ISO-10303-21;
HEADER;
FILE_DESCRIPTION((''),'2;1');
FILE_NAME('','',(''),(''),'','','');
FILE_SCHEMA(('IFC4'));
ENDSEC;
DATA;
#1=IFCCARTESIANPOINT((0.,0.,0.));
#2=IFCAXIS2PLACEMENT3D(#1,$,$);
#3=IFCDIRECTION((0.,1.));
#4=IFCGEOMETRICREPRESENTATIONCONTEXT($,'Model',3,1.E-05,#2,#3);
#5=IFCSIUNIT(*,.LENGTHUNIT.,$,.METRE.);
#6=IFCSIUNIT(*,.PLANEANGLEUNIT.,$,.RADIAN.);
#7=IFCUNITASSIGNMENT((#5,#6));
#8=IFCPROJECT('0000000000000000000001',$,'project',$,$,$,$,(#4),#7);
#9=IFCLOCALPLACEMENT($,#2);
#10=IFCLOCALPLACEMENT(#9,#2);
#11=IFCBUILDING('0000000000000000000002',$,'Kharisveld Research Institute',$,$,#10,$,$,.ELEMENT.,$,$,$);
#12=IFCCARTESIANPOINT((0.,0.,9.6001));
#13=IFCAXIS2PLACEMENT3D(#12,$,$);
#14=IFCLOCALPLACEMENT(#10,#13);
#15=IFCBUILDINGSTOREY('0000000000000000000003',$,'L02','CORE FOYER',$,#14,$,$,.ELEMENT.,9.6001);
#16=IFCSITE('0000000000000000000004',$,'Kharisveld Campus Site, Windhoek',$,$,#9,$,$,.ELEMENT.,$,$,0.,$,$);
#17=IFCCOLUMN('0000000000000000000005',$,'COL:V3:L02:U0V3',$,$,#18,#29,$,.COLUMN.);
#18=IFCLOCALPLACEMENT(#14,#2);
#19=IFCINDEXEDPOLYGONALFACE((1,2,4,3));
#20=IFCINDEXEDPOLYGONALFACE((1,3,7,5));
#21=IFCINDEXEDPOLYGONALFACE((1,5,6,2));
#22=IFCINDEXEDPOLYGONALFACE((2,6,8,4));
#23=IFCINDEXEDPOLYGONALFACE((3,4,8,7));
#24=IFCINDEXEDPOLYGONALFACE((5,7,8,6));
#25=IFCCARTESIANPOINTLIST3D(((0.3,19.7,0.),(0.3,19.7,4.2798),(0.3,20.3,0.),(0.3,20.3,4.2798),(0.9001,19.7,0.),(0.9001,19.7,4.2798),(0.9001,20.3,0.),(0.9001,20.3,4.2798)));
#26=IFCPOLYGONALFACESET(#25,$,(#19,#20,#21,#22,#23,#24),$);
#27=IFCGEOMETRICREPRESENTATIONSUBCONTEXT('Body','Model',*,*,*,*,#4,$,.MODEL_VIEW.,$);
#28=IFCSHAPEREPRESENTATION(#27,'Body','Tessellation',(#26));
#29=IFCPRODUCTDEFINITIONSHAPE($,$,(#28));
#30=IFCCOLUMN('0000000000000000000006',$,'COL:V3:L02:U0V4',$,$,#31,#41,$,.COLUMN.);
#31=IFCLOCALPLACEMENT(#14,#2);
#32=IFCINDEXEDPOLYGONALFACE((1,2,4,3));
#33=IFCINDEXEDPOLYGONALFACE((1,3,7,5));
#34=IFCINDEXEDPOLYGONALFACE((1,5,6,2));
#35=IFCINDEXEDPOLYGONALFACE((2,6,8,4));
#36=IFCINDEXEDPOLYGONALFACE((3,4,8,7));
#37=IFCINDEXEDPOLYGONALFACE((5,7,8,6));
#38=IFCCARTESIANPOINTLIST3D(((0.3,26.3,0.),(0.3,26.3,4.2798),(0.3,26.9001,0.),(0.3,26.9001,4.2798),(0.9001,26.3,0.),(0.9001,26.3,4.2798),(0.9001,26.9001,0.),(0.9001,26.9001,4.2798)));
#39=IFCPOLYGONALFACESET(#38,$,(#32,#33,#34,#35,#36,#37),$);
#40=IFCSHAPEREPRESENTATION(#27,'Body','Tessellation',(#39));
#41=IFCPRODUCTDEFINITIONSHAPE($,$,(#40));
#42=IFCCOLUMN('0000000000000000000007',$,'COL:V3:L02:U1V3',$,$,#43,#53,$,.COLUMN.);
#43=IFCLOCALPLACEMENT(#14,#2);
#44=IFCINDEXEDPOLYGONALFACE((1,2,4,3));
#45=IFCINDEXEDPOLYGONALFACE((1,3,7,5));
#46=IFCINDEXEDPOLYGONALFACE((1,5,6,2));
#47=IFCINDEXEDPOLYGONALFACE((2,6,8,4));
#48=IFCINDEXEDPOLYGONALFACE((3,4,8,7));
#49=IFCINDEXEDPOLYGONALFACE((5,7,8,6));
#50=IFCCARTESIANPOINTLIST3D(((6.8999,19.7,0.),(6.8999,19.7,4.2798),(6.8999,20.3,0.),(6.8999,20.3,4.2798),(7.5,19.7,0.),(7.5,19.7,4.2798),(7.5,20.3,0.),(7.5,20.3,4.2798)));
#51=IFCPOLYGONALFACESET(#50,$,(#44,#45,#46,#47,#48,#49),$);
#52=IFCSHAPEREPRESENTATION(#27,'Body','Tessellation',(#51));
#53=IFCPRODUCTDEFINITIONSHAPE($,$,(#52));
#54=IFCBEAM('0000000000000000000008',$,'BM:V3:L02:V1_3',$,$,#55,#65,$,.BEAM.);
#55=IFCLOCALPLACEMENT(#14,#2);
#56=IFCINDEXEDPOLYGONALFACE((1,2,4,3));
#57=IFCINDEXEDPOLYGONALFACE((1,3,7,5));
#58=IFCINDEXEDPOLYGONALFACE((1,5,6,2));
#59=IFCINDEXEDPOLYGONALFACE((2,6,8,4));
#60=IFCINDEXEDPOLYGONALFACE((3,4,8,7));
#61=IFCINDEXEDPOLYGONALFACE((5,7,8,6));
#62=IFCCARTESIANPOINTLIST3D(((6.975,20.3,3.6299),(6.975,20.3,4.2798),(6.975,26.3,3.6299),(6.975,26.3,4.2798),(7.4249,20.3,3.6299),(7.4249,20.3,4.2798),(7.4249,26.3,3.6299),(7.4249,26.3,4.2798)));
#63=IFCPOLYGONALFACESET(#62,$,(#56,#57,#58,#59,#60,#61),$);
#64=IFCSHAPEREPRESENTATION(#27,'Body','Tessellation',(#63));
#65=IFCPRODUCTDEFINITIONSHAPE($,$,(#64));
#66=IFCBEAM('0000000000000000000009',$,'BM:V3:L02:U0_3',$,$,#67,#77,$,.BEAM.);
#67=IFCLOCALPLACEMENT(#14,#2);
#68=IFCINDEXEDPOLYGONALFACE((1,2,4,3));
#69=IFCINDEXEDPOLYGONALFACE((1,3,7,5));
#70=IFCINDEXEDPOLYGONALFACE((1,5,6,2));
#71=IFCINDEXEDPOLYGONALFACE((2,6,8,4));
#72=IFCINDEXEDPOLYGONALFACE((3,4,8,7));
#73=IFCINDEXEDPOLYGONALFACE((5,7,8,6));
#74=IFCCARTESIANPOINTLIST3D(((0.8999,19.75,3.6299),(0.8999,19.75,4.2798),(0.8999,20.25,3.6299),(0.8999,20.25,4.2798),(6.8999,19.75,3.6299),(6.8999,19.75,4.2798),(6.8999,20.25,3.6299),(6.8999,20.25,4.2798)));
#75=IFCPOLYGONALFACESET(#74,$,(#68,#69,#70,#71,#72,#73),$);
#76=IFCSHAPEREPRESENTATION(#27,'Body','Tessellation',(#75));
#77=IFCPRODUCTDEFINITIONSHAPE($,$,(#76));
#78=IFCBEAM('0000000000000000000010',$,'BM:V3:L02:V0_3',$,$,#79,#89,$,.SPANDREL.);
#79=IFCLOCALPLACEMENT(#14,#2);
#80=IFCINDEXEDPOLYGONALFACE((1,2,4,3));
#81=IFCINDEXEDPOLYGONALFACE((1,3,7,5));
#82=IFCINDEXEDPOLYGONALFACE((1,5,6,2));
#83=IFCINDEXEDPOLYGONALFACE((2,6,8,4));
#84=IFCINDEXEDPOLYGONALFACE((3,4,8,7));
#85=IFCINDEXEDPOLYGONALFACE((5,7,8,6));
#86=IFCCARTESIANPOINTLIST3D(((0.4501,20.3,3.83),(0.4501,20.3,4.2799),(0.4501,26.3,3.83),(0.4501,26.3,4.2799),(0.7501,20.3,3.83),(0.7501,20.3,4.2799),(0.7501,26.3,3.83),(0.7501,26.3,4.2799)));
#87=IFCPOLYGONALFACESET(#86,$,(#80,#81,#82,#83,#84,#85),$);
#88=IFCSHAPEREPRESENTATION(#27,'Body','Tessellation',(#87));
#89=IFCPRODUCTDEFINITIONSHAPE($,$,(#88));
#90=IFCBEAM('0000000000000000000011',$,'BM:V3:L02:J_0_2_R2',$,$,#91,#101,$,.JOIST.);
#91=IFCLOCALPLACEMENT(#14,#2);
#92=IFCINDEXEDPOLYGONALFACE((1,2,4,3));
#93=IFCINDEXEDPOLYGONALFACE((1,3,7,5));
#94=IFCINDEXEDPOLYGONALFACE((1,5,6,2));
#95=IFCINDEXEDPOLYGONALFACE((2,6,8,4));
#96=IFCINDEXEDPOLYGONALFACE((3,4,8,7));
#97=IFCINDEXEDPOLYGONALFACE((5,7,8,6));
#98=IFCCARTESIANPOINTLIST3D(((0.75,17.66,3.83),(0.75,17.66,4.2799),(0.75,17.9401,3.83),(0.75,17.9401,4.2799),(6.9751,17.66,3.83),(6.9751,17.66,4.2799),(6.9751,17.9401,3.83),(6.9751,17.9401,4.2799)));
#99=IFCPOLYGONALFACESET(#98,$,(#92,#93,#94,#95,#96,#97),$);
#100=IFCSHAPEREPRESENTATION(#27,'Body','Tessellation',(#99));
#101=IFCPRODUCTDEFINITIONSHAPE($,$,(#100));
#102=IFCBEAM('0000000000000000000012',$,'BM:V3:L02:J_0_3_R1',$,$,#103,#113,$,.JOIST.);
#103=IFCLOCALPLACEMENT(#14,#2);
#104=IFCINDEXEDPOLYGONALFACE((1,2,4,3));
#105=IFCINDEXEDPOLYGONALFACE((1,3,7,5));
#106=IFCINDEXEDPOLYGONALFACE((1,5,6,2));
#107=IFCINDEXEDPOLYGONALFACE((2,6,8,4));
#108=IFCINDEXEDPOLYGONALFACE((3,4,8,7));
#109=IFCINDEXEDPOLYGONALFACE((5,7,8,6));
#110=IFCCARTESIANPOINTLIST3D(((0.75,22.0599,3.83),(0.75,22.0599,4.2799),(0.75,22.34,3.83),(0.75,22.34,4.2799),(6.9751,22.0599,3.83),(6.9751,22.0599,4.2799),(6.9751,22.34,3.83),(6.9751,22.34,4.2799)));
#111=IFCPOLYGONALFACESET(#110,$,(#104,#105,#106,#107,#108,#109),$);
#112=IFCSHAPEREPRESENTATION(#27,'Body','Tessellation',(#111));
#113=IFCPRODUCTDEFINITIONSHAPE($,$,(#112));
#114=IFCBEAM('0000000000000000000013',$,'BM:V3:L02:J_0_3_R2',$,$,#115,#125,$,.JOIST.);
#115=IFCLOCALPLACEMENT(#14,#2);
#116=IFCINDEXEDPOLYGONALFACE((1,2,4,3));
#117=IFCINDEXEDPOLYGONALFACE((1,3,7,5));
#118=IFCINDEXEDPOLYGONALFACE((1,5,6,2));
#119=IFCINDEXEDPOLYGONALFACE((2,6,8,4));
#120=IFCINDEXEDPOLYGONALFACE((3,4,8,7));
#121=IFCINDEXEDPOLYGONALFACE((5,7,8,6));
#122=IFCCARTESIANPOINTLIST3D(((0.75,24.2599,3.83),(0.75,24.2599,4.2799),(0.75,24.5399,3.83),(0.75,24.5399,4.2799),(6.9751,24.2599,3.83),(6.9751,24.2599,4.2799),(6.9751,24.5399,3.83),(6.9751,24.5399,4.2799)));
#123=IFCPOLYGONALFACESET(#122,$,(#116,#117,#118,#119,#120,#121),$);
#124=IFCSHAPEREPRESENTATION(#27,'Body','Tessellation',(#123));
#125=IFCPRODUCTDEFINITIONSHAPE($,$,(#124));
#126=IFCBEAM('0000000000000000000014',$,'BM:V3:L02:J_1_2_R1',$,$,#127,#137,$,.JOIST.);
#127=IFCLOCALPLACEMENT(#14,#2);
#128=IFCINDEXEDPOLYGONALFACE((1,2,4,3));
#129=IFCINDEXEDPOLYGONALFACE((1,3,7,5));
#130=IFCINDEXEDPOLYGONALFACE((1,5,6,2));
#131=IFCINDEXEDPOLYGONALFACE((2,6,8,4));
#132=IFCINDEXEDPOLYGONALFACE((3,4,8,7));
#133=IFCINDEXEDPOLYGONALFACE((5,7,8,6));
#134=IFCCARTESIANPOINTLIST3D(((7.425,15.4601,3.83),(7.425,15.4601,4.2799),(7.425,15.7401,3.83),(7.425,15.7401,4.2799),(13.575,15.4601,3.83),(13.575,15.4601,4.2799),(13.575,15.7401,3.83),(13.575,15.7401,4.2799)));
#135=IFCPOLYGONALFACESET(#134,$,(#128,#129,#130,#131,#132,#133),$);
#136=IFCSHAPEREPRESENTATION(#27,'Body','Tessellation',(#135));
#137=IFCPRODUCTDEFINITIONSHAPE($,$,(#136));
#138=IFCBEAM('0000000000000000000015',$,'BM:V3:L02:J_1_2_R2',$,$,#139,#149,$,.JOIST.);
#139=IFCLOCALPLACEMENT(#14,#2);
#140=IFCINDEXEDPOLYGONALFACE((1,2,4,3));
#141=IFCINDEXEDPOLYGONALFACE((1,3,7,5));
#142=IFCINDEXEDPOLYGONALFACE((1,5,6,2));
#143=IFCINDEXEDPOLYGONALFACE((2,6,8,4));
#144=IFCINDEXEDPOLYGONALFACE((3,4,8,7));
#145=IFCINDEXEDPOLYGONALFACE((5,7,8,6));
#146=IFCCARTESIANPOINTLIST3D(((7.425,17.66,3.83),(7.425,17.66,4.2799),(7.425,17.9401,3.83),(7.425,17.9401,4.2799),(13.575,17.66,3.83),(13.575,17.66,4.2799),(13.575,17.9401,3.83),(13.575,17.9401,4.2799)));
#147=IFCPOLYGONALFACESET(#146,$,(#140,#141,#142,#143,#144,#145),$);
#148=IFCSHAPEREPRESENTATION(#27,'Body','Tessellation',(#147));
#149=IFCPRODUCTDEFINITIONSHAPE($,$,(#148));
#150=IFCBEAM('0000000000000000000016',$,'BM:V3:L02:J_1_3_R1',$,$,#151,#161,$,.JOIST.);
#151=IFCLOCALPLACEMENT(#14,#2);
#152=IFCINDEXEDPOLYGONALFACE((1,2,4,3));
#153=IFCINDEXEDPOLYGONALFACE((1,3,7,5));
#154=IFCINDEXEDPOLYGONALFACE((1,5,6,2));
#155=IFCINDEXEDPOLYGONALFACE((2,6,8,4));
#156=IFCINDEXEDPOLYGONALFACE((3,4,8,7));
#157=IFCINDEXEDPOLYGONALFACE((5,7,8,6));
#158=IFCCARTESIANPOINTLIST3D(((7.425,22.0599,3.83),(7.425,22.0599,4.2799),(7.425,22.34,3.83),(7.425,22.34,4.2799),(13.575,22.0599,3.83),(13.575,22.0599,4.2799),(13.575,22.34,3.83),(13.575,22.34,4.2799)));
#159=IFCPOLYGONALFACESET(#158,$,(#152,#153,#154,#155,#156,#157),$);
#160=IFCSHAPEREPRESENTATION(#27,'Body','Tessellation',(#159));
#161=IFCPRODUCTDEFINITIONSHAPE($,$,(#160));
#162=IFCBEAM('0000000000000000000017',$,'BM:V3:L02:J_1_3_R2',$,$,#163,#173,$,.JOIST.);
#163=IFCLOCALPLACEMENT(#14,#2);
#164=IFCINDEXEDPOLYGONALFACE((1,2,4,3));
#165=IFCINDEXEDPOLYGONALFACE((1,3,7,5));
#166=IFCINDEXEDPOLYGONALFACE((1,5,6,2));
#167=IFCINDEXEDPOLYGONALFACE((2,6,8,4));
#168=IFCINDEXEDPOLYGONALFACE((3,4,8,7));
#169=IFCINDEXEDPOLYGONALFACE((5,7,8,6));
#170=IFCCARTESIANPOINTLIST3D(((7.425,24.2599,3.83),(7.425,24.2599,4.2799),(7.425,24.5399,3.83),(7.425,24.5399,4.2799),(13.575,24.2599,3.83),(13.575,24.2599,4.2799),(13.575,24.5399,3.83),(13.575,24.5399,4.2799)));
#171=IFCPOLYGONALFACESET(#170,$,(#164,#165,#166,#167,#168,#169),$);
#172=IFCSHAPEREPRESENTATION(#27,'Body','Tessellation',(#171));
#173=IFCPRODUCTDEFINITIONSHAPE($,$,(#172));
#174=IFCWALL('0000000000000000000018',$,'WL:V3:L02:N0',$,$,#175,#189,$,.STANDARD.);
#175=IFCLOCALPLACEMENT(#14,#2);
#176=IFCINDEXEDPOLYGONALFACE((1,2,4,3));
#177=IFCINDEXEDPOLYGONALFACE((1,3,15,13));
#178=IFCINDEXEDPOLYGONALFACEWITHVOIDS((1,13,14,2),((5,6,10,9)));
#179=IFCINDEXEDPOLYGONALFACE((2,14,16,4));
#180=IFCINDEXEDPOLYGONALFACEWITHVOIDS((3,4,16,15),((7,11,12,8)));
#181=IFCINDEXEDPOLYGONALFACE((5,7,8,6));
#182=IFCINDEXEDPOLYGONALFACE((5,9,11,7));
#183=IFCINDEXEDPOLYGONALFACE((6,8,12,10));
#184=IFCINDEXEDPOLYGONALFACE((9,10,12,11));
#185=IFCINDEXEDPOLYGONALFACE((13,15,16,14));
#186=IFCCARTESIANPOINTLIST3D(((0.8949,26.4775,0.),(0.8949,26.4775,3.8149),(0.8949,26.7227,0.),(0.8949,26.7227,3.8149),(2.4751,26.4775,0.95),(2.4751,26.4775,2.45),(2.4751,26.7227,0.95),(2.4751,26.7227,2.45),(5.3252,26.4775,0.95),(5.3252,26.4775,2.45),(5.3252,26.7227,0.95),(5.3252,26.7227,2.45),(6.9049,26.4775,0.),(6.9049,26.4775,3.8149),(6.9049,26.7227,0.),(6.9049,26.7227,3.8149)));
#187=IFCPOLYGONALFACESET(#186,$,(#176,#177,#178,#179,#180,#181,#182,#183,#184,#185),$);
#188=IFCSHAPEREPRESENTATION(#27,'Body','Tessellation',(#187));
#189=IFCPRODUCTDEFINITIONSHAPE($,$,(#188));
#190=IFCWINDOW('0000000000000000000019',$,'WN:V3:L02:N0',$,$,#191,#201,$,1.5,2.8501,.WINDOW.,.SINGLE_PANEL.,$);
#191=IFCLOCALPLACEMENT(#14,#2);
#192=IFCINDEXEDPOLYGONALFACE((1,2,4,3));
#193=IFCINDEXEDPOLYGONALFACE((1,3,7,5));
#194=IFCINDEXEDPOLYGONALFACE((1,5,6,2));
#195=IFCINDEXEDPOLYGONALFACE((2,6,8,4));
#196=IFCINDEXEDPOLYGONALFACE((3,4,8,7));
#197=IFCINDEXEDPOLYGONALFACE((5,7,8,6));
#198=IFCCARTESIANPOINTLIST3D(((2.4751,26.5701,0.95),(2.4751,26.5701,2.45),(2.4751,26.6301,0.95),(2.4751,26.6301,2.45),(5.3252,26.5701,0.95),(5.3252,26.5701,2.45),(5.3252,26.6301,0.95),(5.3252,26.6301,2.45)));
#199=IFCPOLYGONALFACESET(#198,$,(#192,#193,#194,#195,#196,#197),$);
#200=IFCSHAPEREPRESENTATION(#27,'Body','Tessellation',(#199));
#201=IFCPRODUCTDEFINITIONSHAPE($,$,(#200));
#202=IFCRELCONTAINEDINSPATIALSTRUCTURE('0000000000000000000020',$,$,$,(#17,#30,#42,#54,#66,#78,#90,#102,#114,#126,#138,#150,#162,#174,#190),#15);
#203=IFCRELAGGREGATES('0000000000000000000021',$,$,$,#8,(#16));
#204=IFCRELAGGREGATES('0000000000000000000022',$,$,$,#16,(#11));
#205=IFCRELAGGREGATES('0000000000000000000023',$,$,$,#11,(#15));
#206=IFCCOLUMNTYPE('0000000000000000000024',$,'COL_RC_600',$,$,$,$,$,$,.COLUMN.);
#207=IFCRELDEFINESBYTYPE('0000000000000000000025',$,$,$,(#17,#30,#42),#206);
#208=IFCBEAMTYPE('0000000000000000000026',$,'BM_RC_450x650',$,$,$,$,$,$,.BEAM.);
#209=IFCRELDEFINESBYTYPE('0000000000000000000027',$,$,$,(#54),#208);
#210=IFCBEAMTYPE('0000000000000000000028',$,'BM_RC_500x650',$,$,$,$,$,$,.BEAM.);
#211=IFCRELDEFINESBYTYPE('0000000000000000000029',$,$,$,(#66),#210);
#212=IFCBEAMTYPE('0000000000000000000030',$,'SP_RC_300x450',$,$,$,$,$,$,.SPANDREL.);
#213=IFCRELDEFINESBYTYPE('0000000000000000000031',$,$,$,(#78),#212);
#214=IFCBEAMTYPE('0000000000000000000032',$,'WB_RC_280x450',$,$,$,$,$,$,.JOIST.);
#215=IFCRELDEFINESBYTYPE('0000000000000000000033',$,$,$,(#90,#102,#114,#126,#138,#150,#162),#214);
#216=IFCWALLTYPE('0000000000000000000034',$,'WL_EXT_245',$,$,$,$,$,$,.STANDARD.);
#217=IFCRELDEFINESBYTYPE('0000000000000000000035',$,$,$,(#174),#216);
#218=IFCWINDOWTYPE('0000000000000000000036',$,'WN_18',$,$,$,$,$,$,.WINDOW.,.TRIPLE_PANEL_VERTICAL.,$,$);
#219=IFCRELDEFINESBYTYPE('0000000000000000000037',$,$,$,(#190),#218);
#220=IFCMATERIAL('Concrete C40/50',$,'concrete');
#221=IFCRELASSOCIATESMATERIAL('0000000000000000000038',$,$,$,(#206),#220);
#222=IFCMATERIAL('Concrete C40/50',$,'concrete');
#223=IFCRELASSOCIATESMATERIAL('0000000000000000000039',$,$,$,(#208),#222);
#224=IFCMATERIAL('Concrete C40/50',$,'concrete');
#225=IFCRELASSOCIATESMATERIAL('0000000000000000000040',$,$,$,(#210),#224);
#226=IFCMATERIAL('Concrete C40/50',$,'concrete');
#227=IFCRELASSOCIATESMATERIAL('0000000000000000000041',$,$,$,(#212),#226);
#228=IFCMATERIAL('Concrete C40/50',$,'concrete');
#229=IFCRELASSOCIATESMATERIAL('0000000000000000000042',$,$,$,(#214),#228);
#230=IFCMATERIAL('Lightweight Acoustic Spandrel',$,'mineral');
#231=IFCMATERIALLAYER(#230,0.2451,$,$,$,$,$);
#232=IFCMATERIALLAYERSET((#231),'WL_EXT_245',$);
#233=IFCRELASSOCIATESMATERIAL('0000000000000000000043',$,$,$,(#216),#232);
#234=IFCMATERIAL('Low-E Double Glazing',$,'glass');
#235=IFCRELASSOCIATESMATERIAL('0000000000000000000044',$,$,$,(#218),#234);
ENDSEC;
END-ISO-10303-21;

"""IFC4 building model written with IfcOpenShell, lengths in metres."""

from ifc_helpers import new_model, si_unit, direction, frame, frame_2d, origin, origin_2d, place, context, subcontext, project, spatial, rectangle, extrude, material, layer, layer_set, material_profile, profile_set, type_object, element, fill, save


model = new_model("IFC4")

# Units and contexts
model_context = context("Model", 3, precision=1e-05, world=origin(), true_north=direction((0.0, 1.0)))
body_context = subcontext(model_context, "Body", "Model", "MODEL_VIEW")
ifc_project = project(units=[si_unit("LENGTHUNIT", "METRE"), si_unit("PLANEANGLEUNIT", "RADIAN")], contexts=[model_context])

# Site, building, storey
site_placement = place(None, origin())
site = spatial("IfcSite", under=ifc_project, at=site_placement, Name="Kharisveld Campus Site, Windhoek", CompositionType="ELEMENT", RefElevation=0.0)
building_placement = place(site_placement, origin())
building = spatial("IfcBuilding", under=site, at=building_placement, Name="Kharisveld Research Institute", CompositionType="ELEMENT")
storey_placement = place(building_placement, frame((0.0, 0.0, 9.6001)))
storey = spatial("IfcBuildingStorey", under=building, at=storey_placement, Name="L02", Description="CORE FOYER", CompositionType="ELEMENT", Elevation=9.6001)

# Columns
ifc_material_1 = material(Name="Concrete C40/50", Category="concrete")
ifc_material_profile_1 = material_profile(ifc_material_1, rectangle(XDim=0.6001, YDim=0.6001, at=origin_2d()))
ifc_profile_set_1 = profile_set([ifc_material_profile_1], Name="Concrete C40/50")
column_type = type_object("IfcColumnType", Name="COL_RC_600", PredefinedType="COLUMN", material=ifc_profile_set_1)
for number, where, z_axis, x_axis, name in (
    (1, (0.6001, 20.0, 0.0), (0.0, 0.0, 1.0), (1.0, 0.0, 0.0), "COL:V3:L02:U0V3"),
    (2, (0.6001, 26.6001, 0.0), (0.0, 0.0, 1.0), (1.0, 0.0, 0.0), "COL:V3:L02:U0V4"),
    (3, (7.2, 20.0, 0.0), (0.0, 0.0, 1.0), (1.0, 0.0, 0.0), "COL:V3:L02:U1V3"),
):
    element("IfcColumn", number, at=place(storey_placement, frame(where, z_axis=z_axis, x_axis=x_axis)), inside=storey, type_object=column_type, Name=name, PredefinedType="COLUMN", context=body_context, shape_type="SweptSolid", body=[
        extrude(rectangle(XDim=0.6001, YDim=0.6001, at=origin_2d()), origin(), (0.0, 0.0, 1.0), 4.2798),
    ])

# Beams
ifc_material_2 = material(Name="Concrete C40/50", Category="concrete")
ifc_material_profile_2 = material_profile(ifc_material_2, rectangle(XDim=0.45, YDim=0.6499, at=origin_2d()))
ifc_profile_set_2 = profile_set([ifc_material_profile_2], Name="Concrete C40/50")
beam_type_1 = type_object("IfcBeamType", Name="BM_RC_450x650", PredefinedType="BEAM", material=ifc_profile_set_2)
beam_1_placement = place(storey_placement, frame((7.2, 20.3, 3.9548), z_axis=(0.0, 1.0, 0.0), x_axis=(-1.0, 0.0, 0.0)))
element("IfcBeam", 4, at=beam_1_placement, inside=storey, type_object=beam_type_1, Name="BM:V3:L02:V1_3", PredefinedType="BEAM", context=body_context, shape_type="SweptSolid", body=[
    extrude(rectangle(XDim=0.45, YDim=0.6499, at=origin_2d()), origin(), (0.0, 0.0, 1.0), 6.0),
])
ifc_material_3 = material(Name="Concrete C40/50", Category="concrete")
ifc_material_profile_3 = material_profile(ifc_material_3, rectangle(XDim=0.5, YDim=0.6499, at=origin_2d()))
ifc_profile_set_3 = profile_set([ifc_material_profile_3], Name="Concrete C40/50")
beam_type_2 = type_object("IfcBeamType", Name="BM_RC_500x650", PredefinedType="BEAM", material=ifc_profile_set_3)
beam_2_placement = place(storey_placement, frame((0.8999, 20.0, 3.9548), z_axis=(1.0, 0.0, 0.0), x_axis=(0.0, 1.0, 0.0)))
element("IfcBeam", 5, at=beam_2_placement, inside=storey, type_object=beam_type_2, Name="BM:V3:L02:U0_3", PredefinedType="BEAM", context=body_context, shape_type="SweptSolid", body=[
    extrude(rectangle(XDim=0.5, YDim=0.6499, at=origin_2d()), origin(), (0.0, 0.0, 1.0), 6.0),
])
ifc_material_4 = material(Name="Concrete C40/50", Category="concrete")
ifc_material_profile_4 = material_profile(ifc_material_4, rectangle(XDim=0.3, YDim=0.45, at=origin_2d()))
ifc_profile_set_4 = profile_set([ifc_material_profile_4], Name="Concrete C40/50")
beam_type_3 = type_object("IfcBeamType", Name="SP_RC_300x450", PredefinedType="SPANDREL", material=ifc_profile_set_4)
beam_3_placement = place(storey_placement, frame((0.6001, 20.3, 4.0549), z_axis=(0.0, 1.0, 0.0), x_axis=(-1.0, 0.0, 0.0)))
element("IfcBeam", 6, at=beam_3_placement, inside=storey, type_object=beam_type_3, Name="BM:V3:L02:V0_3", PredefinedType="SPANDREL", context=body_context, shape_type="SweptSolid", body=[
    extrude(rectangle(XDim=0.3, YDim=0.45, at=origin_2d()), origin(), (0.0, 0.0, 1.0), 6.0),
])
ifc_material_5 = material(Name="Concrete C40/50", Category="concrete")
ifc_material_profile_5 = material_profile(ifc_material_5, rectangle(XDim=0.28, YDim=0.45, at=origin_2d()))
ifc_profile_set_5 = profile_set([ifc_material_profile_5], Name="Concrete C40/50")
beam_type_4 = type_object("IfcBeamType", Name="WB_RC_280x450", PredefinedType="JOIST", material=ifc_profile_set_5)
for number, where, z_axis, x_axis, name in (
    (7, (0.75, 17.8, 4.0549), (1.0, 0.0, 0.0), (0.0, 1.0, 0.0), "BM:V3:L02:J_0_2_R2"),
    (8, (0.75, 22.2, 4.0549), (1.0, 0.0, 0.0), (0.0, 1.0, 0.0), "BM:V3:L02:J_0_3_R1"),
    (9, (0.75, 24.3999, 4.0549), (1.0, 0.0, 0.0), (0.0, 1.0, 0.0), "BM:V3:L02:J_0_3_R2"),
):
    element("IfcBeam", number, at=place(storey_placement, frame(where, z_axis=z_axis, x_axis=x_axis)), inside=storey, type_object=beam_type_4, Name=name, PredefinedType="JOIST", context=body_context, shape_type="SweptSolid", body=[
        extrude(rectangle(XDim=0.28, YDim=0.45, at=origin_2d()), origin(), (0.0, 0.0, 1.0), 6.2251),
    ])
for number, where, z_axis, x_axis, name in (
    (10, (7.425, 15.6001, 4.0549), (1.0, 0.0, 0.0), (0.0, 1.0, 0.0), "BM:V3:L02:J_1_2_R1"),
    (11, (7.425, 17.8, 4.0549), (1.0, 0.0, 0.0), (0.0, 1.0, 0.0), "BM:V3:L02:J_1_2_R2"),
    (12, (7.425, 22.2, 4.0549), (1.0, 0.0, 0.0), (0.0, 1.0, 0.0), "BM:V3:L02:J_1_3_R1"),
    (13, (7.425, 24.3999, 4.0549), (1.0, 0.0, 0.0), (0.0, 1.0, 0.0), "BM:V3:L02:J_1_3_R2"),
):
    element("IfcBeam", number, at=place(storey_placement, frame(where, z_axis=z_axis, x_axis=x_axis)), inside=storey, type_object=beam_type_4, Name=name, PredefinedType="JOIST", context=body_context, shape_type="SweptSolid", body=[
        extrude(rectangle(XDim=0.28, YDim=0.45, at=origin_2d()), origin(), (0.0, 0.0, 1.0), 6.1499),
    ])

# Wall, opening, window
ifc_material_6 = material(Name="Lightweight Acoustic Spandrel", Category="mineral")
ifc_layer_1 = layer(ifc_material_6, 0.2451)
ifc_layer_set_1 = layer_set([ifc_layer_1], Name="WL_EXT_245")
wall_type_1 = type_object("IfcWallType", Name="WL_EXT_245", PredefinedType="STANDARD", material=ifc_layer_set_1)
wall_1_placement = place(storey_placement, frame((0.895, 26.6001, 0.0), z_axis=(0.0, 0.0, 1.0), x_axis=(1.0, 0.0, 0.0)))
wall_1 = element("IfcWall", 14, at=wall_1_placement, inside=storey, type_object=wall_type_1, Name="WL:V3:L02:N0", PredefinedType="STANDARD", context=body_context, shape_type="SweptSolid", body=[
    extrude(rectangle(XDim=6.01, YDim=0.2451, at=frame_2d((3.0049, 0.0))), origin(), (0.0, 0.0, 1.0), 3.8149),
])
opening_1_placement = place(wall_1_placement, frame((1.5801, 0.0, 0.95)))
opening_1 = element("IfcOpeningElement", 15, at=opening_1_placement, cuts=wall_1, PredefinedType="OPENING", context=body_context, shape_type="SweptSolid", body=[
    extrude(rectangle(XDim=2.8501, YDim=1.5, at=frame_2d((1.425, 0.75))), frame((0.0, 0.1226, 0.0), z_axis=(0.0, -1.0, 0.0), x_axis=(1.0, 0.0, 0.0)), (0.0, 0.0, 1.0), 0.2451),
])
ifc_material_7 = material(Name="Low-E Double Glazing", Category="glass")
window_type_1 = type_object("IfcWindowType", Name="WN_18", PartitioningType="TRIPLE_PANEL_VERTICAL", PredefinedType="WINDOW", material=ifc_material_7)
window_1_placement = place(opening_1_placement, origin())
window_1 = element("IfcWindow", 16, at=window_1_placement, inside=storey, type_object=window_type_1, Name="WN:V3:L02:N0", OverallHeight=1.5, OverallWidth=2.8501, PartitioningType="SINGLE_PANEL", PredefinedType="WINDOW", context=body_context, shape_type="SweptSolid", body=[
    extrude(rectangle(XDim=2.8501, YDim=1.5, at=frame_2d((1.425, 0.75))), frame((0.0, 0.03, 0.0), z_axis=(0.0, -1.0, 0.0), x_axis=(1.0, 0.0, 0.0)), (0.0, 0.0, 1.0), 0.0601),
])
fill(opening_1, window_1)

save(model, "model.ifc")
